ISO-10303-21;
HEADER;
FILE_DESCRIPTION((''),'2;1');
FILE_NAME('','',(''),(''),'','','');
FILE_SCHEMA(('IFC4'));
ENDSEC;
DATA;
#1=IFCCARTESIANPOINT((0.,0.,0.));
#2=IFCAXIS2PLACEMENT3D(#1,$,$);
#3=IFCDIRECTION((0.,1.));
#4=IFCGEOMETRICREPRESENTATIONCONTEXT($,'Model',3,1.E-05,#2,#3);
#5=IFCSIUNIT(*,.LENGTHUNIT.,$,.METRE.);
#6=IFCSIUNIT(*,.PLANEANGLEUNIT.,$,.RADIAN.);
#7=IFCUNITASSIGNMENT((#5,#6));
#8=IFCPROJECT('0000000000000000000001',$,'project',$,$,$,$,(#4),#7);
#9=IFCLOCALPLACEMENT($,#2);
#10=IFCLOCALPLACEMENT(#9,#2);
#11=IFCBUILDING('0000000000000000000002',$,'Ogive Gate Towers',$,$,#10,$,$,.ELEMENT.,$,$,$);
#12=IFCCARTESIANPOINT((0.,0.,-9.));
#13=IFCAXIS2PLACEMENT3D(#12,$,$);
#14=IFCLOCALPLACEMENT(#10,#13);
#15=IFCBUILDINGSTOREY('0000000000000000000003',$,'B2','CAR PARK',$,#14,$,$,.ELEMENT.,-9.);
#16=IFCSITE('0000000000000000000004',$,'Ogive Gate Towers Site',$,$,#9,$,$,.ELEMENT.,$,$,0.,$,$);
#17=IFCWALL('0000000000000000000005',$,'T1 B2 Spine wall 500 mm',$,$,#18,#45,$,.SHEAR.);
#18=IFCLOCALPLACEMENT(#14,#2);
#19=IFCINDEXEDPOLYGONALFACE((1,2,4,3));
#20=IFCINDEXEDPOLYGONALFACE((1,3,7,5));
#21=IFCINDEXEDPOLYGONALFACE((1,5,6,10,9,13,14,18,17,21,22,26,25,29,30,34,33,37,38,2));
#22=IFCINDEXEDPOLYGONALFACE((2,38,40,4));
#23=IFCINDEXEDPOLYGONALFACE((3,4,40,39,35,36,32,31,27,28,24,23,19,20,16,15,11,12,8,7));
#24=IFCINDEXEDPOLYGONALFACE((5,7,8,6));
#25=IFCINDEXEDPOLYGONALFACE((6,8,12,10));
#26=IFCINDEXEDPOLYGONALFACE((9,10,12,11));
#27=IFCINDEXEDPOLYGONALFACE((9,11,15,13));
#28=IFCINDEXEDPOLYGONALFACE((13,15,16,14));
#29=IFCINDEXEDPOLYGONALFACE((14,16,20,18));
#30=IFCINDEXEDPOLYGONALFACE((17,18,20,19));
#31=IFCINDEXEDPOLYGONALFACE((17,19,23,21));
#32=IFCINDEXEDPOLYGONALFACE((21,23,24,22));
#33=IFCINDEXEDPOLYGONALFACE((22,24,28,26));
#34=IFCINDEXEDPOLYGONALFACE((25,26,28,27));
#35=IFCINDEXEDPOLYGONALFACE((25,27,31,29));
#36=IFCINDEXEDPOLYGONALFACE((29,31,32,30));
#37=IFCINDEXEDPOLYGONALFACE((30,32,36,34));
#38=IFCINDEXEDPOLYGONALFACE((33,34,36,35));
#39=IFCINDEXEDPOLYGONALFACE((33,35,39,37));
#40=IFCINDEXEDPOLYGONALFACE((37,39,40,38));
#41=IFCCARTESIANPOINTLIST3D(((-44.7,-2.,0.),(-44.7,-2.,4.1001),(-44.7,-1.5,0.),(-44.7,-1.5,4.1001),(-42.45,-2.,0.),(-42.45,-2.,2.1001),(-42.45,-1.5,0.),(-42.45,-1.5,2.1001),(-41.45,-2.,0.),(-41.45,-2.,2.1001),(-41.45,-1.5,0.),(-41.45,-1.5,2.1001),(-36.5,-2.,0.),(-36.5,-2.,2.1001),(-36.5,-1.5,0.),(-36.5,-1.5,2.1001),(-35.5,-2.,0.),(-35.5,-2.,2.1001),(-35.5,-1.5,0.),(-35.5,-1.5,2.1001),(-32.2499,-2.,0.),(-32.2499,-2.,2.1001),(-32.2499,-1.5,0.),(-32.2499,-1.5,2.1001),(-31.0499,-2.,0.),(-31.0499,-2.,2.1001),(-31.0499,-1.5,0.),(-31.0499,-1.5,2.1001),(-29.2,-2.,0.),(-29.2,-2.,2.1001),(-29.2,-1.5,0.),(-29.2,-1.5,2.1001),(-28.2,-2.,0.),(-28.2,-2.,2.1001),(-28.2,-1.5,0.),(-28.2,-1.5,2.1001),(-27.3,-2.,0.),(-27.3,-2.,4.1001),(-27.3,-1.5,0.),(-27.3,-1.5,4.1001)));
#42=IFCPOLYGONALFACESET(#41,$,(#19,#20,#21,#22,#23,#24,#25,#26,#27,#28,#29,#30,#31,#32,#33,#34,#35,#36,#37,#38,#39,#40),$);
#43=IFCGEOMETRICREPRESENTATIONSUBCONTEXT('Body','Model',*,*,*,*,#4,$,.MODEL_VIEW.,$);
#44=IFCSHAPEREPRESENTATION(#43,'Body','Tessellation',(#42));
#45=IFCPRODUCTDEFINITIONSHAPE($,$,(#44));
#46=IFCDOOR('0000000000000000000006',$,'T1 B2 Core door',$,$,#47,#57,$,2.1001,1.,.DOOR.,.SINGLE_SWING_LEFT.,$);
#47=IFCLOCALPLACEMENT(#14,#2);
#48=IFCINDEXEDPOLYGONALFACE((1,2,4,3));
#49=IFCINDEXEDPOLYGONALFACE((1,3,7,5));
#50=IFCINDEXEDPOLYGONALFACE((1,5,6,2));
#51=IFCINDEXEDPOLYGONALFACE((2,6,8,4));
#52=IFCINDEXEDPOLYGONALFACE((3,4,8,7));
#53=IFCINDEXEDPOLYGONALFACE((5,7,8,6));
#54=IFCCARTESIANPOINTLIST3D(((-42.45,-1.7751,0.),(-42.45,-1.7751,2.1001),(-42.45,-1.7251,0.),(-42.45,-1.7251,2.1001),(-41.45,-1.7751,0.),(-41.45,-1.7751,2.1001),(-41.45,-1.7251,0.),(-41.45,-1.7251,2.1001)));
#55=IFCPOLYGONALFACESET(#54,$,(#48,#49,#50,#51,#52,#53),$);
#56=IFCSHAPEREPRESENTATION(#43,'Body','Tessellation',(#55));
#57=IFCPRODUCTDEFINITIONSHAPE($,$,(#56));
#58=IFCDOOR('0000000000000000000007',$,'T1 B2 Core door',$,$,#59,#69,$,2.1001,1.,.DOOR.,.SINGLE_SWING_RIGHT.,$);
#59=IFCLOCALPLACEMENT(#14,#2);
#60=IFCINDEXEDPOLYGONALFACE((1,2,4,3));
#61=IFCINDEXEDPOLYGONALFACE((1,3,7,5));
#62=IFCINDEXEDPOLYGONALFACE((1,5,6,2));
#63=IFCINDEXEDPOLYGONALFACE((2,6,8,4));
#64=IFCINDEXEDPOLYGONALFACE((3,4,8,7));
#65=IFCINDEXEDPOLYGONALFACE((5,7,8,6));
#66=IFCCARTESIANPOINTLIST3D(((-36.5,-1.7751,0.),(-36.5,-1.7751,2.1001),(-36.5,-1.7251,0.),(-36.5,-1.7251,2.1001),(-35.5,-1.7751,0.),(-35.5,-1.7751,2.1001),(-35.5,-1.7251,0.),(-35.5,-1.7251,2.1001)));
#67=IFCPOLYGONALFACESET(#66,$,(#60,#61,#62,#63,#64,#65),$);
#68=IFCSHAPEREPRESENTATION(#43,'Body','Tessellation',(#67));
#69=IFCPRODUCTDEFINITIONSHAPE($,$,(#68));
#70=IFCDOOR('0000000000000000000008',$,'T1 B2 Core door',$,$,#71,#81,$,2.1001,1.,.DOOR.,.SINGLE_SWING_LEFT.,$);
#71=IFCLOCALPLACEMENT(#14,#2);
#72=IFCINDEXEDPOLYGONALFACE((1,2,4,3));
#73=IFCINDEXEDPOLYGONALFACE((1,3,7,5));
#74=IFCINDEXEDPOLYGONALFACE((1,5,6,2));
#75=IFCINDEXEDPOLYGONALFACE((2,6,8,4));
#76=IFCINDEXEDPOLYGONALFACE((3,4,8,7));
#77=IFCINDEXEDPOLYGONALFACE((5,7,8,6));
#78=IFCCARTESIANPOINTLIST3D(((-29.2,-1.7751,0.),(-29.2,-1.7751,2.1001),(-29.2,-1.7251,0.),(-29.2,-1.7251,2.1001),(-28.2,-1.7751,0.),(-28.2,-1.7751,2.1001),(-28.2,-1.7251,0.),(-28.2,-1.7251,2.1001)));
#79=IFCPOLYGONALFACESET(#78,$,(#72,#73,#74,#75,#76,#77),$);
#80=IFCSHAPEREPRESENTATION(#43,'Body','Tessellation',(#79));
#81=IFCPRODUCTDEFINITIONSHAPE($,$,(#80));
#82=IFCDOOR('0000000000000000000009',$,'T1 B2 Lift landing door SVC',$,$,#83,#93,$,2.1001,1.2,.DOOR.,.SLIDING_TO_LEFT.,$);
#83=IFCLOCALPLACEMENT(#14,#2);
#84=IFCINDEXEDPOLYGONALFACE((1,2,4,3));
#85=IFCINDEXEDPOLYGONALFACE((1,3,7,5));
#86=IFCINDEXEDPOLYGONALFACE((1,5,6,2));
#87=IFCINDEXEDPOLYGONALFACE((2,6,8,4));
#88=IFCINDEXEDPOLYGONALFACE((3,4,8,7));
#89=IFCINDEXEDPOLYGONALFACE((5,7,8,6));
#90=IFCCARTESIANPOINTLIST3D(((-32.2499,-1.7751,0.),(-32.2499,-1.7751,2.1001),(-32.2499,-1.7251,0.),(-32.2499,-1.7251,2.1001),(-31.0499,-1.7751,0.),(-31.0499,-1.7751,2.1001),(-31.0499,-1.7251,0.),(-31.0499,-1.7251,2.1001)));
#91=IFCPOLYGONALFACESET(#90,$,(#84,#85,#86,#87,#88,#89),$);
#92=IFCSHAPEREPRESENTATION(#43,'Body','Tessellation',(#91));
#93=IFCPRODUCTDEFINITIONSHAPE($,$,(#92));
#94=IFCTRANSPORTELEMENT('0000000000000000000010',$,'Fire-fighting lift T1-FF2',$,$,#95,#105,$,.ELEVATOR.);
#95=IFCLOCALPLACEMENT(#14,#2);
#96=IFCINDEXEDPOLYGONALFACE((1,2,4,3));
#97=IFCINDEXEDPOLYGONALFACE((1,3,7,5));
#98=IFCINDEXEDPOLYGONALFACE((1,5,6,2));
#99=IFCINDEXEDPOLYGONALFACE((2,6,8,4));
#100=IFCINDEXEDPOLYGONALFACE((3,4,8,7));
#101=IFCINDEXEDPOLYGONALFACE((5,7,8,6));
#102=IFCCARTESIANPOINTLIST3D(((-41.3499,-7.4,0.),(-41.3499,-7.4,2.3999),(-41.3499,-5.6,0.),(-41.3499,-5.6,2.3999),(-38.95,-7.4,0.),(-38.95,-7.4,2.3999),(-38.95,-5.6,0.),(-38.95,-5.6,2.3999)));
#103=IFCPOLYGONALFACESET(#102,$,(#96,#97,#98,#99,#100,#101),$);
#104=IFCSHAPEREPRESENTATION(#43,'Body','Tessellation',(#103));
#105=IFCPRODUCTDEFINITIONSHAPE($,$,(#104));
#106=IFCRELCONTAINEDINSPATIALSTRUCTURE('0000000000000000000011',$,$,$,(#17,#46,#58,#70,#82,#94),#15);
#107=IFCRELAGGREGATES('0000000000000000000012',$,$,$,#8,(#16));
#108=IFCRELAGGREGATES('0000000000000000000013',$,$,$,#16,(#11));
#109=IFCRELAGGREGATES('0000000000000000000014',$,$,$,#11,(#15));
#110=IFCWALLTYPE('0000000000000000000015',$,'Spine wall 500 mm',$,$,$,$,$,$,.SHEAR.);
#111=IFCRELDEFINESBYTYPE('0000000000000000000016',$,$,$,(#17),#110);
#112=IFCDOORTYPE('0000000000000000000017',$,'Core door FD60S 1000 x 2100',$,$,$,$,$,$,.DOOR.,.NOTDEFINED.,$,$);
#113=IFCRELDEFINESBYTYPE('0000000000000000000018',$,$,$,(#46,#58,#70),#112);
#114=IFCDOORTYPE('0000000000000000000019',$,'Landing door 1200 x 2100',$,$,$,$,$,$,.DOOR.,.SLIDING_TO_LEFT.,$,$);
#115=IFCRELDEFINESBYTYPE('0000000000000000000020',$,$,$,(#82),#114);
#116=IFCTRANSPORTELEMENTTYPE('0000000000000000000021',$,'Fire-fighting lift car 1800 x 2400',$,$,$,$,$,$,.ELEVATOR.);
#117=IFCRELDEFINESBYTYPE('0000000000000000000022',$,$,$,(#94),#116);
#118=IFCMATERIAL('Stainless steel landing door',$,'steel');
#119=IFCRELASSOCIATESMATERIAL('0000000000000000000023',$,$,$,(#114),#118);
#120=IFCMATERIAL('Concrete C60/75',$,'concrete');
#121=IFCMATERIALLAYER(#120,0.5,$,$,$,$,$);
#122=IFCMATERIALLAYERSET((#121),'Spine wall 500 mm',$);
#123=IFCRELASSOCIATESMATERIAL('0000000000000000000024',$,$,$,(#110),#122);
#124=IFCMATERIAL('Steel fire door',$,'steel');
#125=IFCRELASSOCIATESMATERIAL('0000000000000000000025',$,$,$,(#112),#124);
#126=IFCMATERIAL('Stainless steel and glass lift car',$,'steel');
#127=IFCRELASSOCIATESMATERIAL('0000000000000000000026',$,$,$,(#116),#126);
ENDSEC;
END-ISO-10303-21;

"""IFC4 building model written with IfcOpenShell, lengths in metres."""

from ifc_helpers import new_model, si_unit, direction, frame, frame_2d, origin, origin_2d, place, context, subcontext, project, spatial, rectangle, extrude, material, layer, layer_set, type_object, element, fill, save


model = new_model("IFC4")

# Units and contexts
model_context = context("Model", 3, precision=1e-05, world=origin(), true_north=direction((0.0, 1.0)))
body_context = subcontext(model_context, "Body", "Model", "MODEL_VIEW")
ifc_project = project(units=[si_unit("LENGTHUNIT", "METRE"), si_unit("PLANEANGLEUNIT", "RADIAN")], contexts=[model_context])

# Site, building, storey
site_placement = place(None, origin())
site = spatial("IfcSite", under=ifc_project, at=site_placement, Name="Ogive Gate Towers Site", CompositionType="ELEMENT", RefElevation=0.0)
building_placement = place(site_placement, origin())
building = spatial("IfcBuilding", under=site, at=building_placement, Name="Ogive Gate Towers", CompositionType="ELEMENT")
storey_placement = place(building_placement, frame((0.0, 0.0, -9.0)))
storey = spatial("IfcBuildingStorey", under=building, at=storey_placement, Name="B2", Description="CAR PARK", CompositionType="ELEMENT", Elevation=-9.0)

# Shared definitions
ifc_material_1 = material(Name="Concrete C60/75", Category="concrete")
ifc_material_2 = material(Name="Steel fire door", Category="steel")

# Shared definitions
ifc_material_3 = material(Name="Stainless steel landing door", Category="steel")
door_type_1 = type_object("IfcDoorType", Name="Landing door 1200 x 2100", OperationType="SLIDING_TO_LEFT", PredefinedType="DOOR", material=ifc_material_3)

# Wall, openings, doors
ifc_layer_1 = layer(ifc_material_1, 0.5)
ifc_layer_set_1 = layer_set([ifc_layer_1], Name="Spine wall 500 mm")
wall_type_1 = type_object("IfcWallType", Name="Spine wall 500 mm", PredefinedType="SHEAR", material=ifc_layer_set_1)
wall_1_placement = place(storey_placement, frame((-44.7, -1.75, 0.0), z_axis=(0.0, 0.0, 1.0), x_axis=(1.0, 0.0, 0.0)))
wall_1 = element("IfcWall", 1, at=wall_1_placement, inside=storey, type_object=wall_type_1, Name="T1 B2 Spine wall 500 mm", PredefinedType="SHEAR", context=body_context, shape_type="SweptSolid", body=[
    extrude(rectangle(XDim=17.3999, YDim=0.5, at=frame_2d((8.7, 0.0))), origin(), (0.0, 0.0, 1.0), 4.1001),
])
opening_1_placement = place(wall_1_placement, frame((12.45, 0.0, 0.0)))
opening_1 = element("IfcOpeningElement", 2, at=opening_1_placement, cuts=wall_1, PredefinedType="OPENING", context=body_context, shape_type="SweptSolid", body=[
    extrude(rectangle(XDim=1.2, YDim=2.1001, at=frame_2d((0.6001, 1.05))), frame((0.0, 0.26, 0.0), z_axis=(0.0, -1.0, 0.0), x_axis=(1.0, 0.0, 0.0)), (0.0, 0.0, 1.0), 0.52),
])
opening_2_placement = place(wall_1_placement, frame((2.25, 0.0, 0.0)))
opening_2 = element("IfcOpeningElement", 3, at=opening_2_placement, cuts=wall_1, PredefinedType="OPENING", context=body_context, shape_type="SweptSolid", body=[
    extrude(rectangle(XDim=1.0, YDim=2.1001, at=frame_2d((0.5, 1.05))), frame((0.0, 0.26, 0.0), z_axis=(0.0, -1.0, 0.0), x_axis=(1.0, 0.0, 0.0)), (0.0, 0.0, 1.0), 0.52),
])
opening_3_placement = place(wall_1_placement, frame((8.2, 0.0, 0.0)))
opening_3 = element("IfcOpeningElement", 4, at=opening_3_placement, cuts=wall_1, PredefinedType="OPENING", context=body_context, shape_type="SweptSolid", body=[
    extrude(rectangle(XDim=1.0, YDim=2.1001, at=frame_2d((0.5, 1.05))), frame((0.0, 0.26, 0.0), z_axis=(0.0, -1.0, 0.0), x_axis=(1.0, 0.0, 0.0)), (0.0, 0.0, 1.0), 0.52),
])
opening_4_placement = place(wall_1_placement, frame((15.5, 0.0, 0.0)))
opening_4 = element("IfcOpeningElement", 5, at=opening_4_placement, cuts=wall_1, PredefinedType="OPENING", context=body_context, shape_type="SweptSolid", body=[
    extrude(rectangle(XDim=1.0, YDim=2.1001, at=frame_2d((0.5, 1.05))), frame((0.0, 0.26, 0.0), z_axis=(0.0, -1.0, 0.0), x_axis=(1.0, 0.0, 0.0)), (0.0, 0.0, 1.0), 0.52),
])
door_type_2 = type_object("IfcDoorType", Name="Core door FD60S 1000 x 2100", OperationType="NOTDEFINED", PredefinedType="DOOR", material=ifc_material_2)
door_1_placement = place(opening_2_placement, origin())
door_1 = element("IfcDoor", 6, at=door_1_placement, inside=storey, type_object=door_type_2, Name="T1 B2 Core door", OperationType="SINGLE_SWING_LEFT", OverallHeight=2.1001, OverallWidth=1.0, PredefinedType="DOOR", context=body_context, shape_type="SweptSolid", body=[
    extrude(rectangle(XDim=1.0, YDim=2.1001, at=frame_2d((0.5, 1.05))), frame((0.0, 0.0249, 0.0), z_axis=(0.0, -1.0, 0.0), x_axis=(1.0, 0.0, 0.0)), (0.0, 0.0, 1.0), 0.05),
])
fill(opening_2, door_1)
door_2_placement = place(opening_3_placement, origin())
door_2 = element("IfcDoor", 7, at=door_2_placement, inside=storey, type_object=door_type_2, Name="T1 B2 Core door", OperationType="SINGLE_SWING_RIGHT", OverallHeight=2.1001, OverallWidth=1.0, PredefinedType="DOOR", context=body_context, shape_type="SweptSolid", body=[
    extrude(rectangle(XDim=1.0, YDim=2.1001, at=frame_2d((0.5, 1.05))), frame((0.0, 0.0249, 0.0), z_axis=(0.0, -1.0, 0.0), x_axis=(1.0, 0.0, 0.0)), (0.0, 0.0, 1.0), 0.05),
])
fill(opening_3, door_2)
door_3_placement = place(opening_4_placement, origin())
door_3 = element("IfcDoor", 8, at=door_3_placement, inside=storey, type_object=door_type_2, Name="T1 B2 Core door", OperationType="SINGLE_SWING_LEFT", OverallHeight=2.1001, OverallWidth=1.0, PredefinedType="DOOR", context=body_context, shape_type="SweptSolid", body=[
    extrude(rectangle(XDim=1.0, YDim=2.1001, at=frame_2d((0.5, 1.05))), frame((0.0, 0.0249, 0.0), z_axis=(0.0, -1.0, 0.0), x_axis=(1.0, 0.0, 0.0)), (0.0, 0.0, 1.0), 0.05),
])
fill(opening_4, door_3)
door_4_placement = place(opening_1_placement, origin())
door_4 = element("IfcDoor", 9, at=door_4_placement, inside=storey, type_object=door_type_1, Name="T1 B2 Lift landing door SVC", OperationType="SLIDING_TO_LEFT", OverallHeight=2.1001, OverallWidth=1.2, PredefinedType="DOOR", context=body_context, shape_type="SweptSolid", body=[
    extrude(rectangle(XDim=1.2, YDim=2.1001, at=frame_2d((0.6001, 1.05))), frame((0.0, 0.0249, 0.0), z_axis=(0.0, -1.0, 0.0), x_axis=(1.0, 0.0, 0.0)), (0.0, 0.0, 1.0), 0.05),
])
fill(opening_1, door_4)

# Transport element
ifc_material_4 = material(Name="Stainless steel and glass lift car", Category="steel")
transport_element_type = type_object("IfcTransportElementType", Name="Fire-fighting lift car 1800 x 2400", PredefinedType="ELEVATOR", material=ifc_material_4)
transport_element_placement = place(storey_placement, frame((-40.1499, -6.5, 0.0), z_axis=(0.0, 0.0, 1.0), x_axis=(1.0, 0.0, 0.0)))
element("IfcTransportElement", 10, at=transport_element_placement, inside=storey, type_object=transport_element_type, Name="Fire-fighting lift T1-FF2", PredefinedType="ELEVATOR", context=body_context, shape_type="SweptSolid", body=[
    extrude(rectangle(XDim=2.3999, YDim=1.8, at=origin_2d()), origin(), (0.0, 0.0, 1.0), 2.3999),
])

save(model, "model.ifc")
